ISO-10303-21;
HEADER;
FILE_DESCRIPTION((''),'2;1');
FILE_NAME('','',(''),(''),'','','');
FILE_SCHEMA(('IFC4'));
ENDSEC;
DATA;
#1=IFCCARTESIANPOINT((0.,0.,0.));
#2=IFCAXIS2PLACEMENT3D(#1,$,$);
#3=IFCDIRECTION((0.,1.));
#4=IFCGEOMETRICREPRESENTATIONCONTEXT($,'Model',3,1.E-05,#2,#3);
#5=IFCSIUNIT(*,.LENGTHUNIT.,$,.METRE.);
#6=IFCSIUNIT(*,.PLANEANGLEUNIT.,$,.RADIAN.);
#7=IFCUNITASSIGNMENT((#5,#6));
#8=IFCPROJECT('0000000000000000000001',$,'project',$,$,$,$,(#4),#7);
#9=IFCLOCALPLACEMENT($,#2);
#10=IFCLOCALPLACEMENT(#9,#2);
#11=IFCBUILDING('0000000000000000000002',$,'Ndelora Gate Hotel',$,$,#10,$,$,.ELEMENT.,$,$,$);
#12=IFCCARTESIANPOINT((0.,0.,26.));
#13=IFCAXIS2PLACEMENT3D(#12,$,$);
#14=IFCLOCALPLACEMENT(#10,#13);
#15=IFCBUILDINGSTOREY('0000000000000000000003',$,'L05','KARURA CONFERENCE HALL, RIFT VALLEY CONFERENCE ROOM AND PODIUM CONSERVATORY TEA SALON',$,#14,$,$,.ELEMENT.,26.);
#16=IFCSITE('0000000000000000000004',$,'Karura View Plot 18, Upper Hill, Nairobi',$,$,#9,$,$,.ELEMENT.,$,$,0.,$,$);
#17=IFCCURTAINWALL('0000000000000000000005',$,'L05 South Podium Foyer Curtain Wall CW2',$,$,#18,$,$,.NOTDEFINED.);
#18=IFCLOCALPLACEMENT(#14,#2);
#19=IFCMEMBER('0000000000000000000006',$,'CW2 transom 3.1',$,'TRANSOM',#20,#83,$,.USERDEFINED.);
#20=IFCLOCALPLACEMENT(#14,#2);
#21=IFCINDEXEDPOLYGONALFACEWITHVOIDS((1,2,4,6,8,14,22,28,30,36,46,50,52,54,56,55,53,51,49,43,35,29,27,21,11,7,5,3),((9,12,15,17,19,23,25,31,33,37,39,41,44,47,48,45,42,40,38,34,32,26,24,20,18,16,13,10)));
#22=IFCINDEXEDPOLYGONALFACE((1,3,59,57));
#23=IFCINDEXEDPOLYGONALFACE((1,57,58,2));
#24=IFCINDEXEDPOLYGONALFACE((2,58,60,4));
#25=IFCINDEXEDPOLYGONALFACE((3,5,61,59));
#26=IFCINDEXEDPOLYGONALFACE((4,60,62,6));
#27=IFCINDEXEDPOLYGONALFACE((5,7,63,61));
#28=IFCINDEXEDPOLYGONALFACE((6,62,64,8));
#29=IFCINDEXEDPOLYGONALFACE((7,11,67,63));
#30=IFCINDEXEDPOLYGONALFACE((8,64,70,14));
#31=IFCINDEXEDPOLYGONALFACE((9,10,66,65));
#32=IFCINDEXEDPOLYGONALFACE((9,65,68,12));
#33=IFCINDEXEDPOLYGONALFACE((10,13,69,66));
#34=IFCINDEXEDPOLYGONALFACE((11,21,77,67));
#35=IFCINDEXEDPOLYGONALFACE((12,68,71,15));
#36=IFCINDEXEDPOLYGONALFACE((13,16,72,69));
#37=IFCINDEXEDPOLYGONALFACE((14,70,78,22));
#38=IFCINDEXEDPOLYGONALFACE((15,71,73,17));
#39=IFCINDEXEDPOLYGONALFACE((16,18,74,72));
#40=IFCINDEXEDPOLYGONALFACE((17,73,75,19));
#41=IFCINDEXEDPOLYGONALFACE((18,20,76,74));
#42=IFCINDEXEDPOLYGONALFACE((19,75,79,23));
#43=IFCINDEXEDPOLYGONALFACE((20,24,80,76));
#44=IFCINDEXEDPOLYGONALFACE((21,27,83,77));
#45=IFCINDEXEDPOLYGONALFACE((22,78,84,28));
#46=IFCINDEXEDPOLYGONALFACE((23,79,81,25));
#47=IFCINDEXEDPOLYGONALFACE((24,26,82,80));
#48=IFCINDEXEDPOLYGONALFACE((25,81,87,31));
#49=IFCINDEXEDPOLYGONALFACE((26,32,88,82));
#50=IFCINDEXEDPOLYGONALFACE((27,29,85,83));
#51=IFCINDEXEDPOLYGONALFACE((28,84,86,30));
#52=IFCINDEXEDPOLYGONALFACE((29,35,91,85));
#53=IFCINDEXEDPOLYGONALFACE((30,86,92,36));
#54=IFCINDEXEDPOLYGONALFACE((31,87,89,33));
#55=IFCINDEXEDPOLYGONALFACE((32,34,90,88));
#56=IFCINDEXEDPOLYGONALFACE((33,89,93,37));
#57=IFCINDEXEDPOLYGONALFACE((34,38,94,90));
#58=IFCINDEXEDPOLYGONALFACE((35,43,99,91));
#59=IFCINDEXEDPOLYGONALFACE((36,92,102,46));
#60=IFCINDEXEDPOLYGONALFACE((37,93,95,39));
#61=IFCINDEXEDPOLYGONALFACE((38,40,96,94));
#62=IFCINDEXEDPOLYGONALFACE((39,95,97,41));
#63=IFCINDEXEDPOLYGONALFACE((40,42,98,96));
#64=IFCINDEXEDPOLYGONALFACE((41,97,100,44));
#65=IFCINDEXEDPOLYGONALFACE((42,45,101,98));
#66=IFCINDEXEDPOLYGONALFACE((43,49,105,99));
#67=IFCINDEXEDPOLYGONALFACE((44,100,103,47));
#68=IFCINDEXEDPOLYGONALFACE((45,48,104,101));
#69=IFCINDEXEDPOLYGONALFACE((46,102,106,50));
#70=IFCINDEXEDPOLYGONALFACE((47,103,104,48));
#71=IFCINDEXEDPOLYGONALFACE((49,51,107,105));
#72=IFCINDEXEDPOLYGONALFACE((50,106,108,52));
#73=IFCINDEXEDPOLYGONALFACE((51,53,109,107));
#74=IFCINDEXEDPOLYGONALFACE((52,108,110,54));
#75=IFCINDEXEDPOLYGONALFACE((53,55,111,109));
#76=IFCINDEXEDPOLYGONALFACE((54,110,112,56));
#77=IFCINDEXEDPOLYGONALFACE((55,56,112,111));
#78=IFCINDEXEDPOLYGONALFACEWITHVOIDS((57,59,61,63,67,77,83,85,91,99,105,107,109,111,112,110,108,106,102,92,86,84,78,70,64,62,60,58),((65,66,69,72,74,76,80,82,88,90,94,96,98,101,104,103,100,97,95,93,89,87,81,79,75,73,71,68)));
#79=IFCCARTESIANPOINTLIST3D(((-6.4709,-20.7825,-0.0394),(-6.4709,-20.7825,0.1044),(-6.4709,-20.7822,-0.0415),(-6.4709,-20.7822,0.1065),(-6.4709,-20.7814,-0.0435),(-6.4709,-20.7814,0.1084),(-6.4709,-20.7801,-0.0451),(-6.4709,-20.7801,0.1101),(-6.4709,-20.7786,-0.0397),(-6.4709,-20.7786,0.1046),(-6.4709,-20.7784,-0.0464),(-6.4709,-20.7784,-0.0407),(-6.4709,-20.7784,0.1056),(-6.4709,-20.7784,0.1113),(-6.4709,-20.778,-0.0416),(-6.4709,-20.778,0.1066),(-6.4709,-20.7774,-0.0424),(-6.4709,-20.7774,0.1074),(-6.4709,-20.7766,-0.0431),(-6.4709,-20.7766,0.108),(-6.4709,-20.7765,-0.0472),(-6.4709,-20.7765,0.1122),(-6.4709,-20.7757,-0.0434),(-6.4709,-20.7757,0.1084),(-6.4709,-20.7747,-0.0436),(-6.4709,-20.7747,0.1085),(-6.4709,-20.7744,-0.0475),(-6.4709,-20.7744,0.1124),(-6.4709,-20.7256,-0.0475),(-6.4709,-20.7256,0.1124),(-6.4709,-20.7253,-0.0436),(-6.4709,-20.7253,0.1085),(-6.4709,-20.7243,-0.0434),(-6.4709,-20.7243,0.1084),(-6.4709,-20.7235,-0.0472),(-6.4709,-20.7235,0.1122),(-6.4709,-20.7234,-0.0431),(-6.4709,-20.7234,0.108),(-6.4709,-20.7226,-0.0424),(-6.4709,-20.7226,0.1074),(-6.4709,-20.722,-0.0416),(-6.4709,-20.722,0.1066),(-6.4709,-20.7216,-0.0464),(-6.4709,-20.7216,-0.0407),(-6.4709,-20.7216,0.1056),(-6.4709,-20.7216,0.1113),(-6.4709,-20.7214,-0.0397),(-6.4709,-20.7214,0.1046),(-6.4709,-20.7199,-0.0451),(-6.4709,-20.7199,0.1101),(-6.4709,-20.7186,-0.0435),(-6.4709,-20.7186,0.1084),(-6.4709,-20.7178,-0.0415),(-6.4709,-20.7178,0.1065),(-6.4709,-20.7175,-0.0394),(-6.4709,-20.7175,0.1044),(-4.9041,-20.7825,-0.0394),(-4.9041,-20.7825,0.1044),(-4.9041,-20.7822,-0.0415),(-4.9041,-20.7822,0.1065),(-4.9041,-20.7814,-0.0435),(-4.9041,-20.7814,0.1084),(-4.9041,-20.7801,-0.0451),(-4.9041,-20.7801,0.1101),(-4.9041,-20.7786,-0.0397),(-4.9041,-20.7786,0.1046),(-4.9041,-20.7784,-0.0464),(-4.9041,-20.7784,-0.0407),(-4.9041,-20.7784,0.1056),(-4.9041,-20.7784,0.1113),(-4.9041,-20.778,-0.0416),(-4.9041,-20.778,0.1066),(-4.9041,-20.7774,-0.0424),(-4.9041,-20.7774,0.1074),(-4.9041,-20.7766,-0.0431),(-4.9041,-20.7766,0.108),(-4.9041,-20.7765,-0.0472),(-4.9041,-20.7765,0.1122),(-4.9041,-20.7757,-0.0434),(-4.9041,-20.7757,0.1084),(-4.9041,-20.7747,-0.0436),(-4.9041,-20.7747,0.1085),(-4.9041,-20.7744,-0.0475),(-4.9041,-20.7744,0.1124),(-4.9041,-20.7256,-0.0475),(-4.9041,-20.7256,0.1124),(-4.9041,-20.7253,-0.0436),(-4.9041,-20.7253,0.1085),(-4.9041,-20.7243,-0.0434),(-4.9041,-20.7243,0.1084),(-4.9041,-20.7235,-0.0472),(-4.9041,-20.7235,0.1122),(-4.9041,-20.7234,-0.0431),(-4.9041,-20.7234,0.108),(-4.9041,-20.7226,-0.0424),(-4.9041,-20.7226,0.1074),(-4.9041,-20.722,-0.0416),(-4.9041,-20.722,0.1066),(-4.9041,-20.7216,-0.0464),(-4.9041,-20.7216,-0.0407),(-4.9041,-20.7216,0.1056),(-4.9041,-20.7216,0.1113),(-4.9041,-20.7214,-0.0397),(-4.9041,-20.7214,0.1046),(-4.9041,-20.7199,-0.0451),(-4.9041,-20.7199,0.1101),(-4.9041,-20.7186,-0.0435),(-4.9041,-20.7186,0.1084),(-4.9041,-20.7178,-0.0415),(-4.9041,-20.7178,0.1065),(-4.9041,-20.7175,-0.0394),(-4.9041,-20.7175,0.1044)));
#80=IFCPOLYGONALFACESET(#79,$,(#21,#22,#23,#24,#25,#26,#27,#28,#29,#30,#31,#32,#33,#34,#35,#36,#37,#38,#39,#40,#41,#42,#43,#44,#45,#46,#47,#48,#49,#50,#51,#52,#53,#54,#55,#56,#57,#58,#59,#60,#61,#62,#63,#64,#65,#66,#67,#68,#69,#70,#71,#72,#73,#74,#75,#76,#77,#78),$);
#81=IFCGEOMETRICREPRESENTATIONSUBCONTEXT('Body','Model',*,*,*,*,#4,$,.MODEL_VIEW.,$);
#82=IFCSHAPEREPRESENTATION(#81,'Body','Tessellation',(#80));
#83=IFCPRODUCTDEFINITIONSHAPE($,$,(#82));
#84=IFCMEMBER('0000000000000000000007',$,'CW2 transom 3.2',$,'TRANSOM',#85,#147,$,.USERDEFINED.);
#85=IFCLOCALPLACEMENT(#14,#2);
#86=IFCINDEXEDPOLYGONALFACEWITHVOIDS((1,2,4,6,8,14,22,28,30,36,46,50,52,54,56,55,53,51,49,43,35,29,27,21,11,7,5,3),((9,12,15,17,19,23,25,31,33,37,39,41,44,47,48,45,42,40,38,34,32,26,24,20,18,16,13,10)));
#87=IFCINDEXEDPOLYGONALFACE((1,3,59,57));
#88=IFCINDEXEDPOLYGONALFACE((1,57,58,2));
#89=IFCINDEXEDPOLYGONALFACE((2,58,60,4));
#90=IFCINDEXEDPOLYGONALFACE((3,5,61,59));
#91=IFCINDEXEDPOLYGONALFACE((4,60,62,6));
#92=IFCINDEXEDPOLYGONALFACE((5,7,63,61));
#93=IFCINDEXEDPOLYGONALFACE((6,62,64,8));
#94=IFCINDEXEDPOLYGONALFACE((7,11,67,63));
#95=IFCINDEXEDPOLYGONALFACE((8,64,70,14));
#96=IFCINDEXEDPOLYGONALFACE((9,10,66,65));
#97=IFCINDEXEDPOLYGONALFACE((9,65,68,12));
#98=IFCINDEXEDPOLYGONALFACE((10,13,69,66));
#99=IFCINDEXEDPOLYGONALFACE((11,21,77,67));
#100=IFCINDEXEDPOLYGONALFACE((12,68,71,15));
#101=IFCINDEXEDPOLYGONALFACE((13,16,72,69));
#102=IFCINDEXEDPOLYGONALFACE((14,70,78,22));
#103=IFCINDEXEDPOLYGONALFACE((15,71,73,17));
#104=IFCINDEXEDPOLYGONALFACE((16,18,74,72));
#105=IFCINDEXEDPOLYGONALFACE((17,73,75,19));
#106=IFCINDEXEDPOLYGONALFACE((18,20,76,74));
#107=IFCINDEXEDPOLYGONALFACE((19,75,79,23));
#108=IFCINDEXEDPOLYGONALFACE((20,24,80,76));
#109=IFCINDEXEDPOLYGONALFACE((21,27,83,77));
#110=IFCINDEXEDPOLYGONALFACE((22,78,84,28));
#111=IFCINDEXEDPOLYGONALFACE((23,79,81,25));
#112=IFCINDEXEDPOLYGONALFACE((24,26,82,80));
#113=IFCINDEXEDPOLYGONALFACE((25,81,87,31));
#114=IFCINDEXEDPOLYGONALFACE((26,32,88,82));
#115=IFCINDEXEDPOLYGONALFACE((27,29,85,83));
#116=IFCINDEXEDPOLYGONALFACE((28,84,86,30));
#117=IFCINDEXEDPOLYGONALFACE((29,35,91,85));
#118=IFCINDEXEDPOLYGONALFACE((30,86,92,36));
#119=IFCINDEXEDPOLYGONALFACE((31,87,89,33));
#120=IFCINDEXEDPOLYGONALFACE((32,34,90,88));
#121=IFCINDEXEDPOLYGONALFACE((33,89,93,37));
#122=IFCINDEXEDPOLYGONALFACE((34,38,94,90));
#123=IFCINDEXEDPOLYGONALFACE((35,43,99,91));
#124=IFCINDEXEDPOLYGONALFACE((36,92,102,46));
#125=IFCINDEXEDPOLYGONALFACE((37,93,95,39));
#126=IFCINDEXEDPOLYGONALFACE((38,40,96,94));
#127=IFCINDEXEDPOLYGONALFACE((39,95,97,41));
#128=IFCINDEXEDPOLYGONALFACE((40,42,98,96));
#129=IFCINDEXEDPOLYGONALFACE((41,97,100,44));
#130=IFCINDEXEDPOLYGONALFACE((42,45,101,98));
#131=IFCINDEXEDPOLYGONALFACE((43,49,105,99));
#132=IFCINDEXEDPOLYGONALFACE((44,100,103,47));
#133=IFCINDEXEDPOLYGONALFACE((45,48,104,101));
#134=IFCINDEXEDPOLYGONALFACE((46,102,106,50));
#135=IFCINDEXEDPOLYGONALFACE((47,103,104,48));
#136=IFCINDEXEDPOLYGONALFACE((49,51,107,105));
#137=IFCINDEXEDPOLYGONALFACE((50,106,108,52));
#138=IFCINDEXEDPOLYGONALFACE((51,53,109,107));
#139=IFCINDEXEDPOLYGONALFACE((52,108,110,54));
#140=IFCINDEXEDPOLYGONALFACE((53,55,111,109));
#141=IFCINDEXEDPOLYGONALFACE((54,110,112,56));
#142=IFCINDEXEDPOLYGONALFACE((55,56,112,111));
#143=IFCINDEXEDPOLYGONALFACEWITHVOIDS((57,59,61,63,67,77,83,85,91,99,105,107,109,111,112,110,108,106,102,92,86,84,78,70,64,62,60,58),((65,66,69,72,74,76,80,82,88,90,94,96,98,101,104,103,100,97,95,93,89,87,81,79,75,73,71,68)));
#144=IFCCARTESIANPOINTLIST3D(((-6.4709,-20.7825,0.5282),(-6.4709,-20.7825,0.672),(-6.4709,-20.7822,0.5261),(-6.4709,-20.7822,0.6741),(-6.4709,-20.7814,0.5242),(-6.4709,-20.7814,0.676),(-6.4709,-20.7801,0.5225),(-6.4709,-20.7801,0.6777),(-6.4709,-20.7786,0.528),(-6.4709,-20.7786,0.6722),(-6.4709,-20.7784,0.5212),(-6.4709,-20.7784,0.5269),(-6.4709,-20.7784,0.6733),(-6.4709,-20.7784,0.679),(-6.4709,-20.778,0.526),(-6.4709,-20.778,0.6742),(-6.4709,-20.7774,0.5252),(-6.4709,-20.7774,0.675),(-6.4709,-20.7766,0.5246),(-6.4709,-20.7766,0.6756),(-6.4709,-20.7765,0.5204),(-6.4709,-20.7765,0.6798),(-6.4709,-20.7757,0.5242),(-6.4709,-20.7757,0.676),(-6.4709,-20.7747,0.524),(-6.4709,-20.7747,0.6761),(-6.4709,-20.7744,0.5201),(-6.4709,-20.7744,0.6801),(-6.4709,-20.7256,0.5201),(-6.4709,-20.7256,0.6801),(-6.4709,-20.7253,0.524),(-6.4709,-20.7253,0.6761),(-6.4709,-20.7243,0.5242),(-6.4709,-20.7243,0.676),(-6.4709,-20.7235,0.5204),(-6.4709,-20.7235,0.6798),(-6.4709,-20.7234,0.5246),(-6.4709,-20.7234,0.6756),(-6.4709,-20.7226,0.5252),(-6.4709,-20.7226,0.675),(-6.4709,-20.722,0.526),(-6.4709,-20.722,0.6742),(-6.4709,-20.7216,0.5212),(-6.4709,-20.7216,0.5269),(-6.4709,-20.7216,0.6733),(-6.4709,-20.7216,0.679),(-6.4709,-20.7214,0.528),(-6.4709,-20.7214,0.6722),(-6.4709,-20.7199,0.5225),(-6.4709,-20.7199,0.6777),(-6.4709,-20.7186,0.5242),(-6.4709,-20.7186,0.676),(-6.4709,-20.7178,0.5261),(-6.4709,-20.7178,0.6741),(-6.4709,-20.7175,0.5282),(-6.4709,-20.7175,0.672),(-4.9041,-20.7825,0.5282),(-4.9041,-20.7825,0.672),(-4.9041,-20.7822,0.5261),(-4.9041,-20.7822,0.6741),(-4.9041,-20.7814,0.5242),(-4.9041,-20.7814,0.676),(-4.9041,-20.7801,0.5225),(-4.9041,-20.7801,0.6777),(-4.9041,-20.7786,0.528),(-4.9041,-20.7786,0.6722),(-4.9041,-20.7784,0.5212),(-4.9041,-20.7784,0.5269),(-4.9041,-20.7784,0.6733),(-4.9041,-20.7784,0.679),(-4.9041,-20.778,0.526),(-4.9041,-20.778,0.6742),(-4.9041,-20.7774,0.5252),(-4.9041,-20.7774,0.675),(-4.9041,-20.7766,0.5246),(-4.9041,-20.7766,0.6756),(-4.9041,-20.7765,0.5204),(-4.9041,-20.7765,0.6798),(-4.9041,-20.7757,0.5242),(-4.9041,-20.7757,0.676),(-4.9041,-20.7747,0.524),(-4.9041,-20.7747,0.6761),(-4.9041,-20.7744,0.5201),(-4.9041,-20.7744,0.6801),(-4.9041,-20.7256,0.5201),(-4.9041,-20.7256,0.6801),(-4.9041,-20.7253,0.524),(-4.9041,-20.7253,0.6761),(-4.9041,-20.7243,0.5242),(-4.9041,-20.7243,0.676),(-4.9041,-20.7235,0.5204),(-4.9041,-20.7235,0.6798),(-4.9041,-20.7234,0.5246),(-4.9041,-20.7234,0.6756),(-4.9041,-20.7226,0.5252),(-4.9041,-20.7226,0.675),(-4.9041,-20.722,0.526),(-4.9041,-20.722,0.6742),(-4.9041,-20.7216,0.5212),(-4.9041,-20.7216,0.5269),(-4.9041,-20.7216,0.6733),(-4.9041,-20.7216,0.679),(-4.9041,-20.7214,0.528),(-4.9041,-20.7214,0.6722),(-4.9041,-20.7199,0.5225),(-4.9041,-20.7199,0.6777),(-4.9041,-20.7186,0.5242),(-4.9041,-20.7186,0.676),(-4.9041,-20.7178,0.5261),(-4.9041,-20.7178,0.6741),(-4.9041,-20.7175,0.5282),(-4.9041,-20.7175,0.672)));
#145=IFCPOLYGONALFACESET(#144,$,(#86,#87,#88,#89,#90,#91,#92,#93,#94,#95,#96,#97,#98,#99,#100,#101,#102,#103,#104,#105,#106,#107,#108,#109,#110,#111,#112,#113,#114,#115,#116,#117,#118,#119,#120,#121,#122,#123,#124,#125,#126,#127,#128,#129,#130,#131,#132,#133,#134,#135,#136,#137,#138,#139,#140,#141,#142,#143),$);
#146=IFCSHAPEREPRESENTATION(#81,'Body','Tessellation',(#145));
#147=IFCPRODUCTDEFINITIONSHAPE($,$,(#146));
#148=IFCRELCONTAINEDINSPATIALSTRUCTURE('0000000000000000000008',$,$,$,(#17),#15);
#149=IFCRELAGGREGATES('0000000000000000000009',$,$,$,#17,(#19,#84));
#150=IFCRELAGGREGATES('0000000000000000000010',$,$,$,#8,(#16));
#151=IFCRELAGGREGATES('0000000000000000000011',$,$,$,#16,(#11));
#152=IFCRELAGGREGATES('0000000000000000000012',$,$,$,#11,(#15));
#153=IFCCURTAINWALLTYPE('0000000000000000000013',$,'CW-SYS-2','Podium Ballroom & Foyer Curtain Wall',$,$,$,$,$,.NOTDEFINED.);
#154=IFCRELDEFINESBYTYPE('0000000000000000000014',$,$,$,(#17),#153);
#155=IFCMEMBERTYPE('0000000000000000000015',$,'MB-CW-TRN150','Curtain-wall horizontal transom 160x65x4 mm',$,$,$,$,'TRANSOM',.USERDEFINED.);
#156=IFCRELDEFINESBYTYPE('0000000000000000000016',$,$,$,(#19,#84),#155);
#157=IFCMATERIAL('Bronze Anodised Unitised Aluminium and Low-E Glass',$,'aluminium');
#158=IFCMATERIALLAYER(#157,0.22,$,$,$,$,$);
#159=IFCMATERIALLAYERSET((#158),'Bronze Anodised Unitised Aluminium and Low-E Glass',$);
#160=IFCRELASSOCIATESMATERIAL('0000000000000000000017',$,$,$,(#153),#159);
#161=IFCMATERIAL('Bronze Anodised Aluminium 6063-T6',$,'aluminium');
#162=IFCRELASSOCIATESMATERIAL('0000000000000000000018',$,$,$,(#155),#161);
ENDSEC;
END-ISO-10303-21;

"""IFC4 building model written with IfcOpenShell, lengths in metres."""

from ifc_helpers import new_model, si_unit, direction, frame, origin, origin_2d, place, context, subcontext, project, spatial, hollow_rectangle, extrude, material, layer, layer_set, material_profile, profile_set, type_object, element, aggregate, save


model = new_model("IFC4")

# Units and contexts
model_context = context("Model", 3, precision=1e-05, world=origin(), true_north=direction((0.0, 1.0)))
body_context = subcontext(model_context, "Body", "Model", "MODEL_VIEW")
ifc_project = project(units=[si_unit("LENGTHUNIT", "METRE"), si_unit("PLANEANGLEUNIT", "RADIAN")], contexts=[model_context])

# Site, building, storey
site_placement = place(None, origin())
site = spatial("IfcSite", under=ifc_project, at=site_placement, Name="Karura View Plot 18, Upper Hill, Nairobi", CompositionType="ELEMENT", RefElevation=0.0)
building_placement = place(site_placement, origin())
building = spatial("IfcBuilding", under=site, at=building_placement, Name="Ndelora Gate Hotel", CompositionType="ELEMENT")
storey_placement = place(building_placement, frame((0.0, 0.0, 26.0)))
storey = spatial("IfcBuildingStorey", under=building, at=storey_placement, Name="L05", Description="KARURA CONFERENCE HALL, RIFT VALLEY CONFERENCE ROOM AND PODIUM CONSERVATORY TEA SALON", CompositionType="ELEMENT", Elevation=26.0)

# Curtain wall, members
ifc_material_1 = material(Name="Bronze Anodised Unitised Aluminium and Low-E Glass", Category="aluminium")
ifc_layer_1 = layer(ifc_material_1, 0.22)
ifc_layer_set_1 = layer_set([ifc_layer_1], Name="Bronze Anodised Unitised Aluminium and Low-E Glass")
curtain_wall_type = type_object("IfcCurtainWallType", Name="CW-SYS-2", Description="Podium Ballroom & Foyer Curtain Wall", PredefinedType="NOTDEFINED", material=ifc_layer_set_1)
curtain_wall_placement = place(storey_placement, origin())
curtain_wall = element("IfcCurtainWall", 1, at=curtain_wall_placement, inside=storey, type_object=curtain_wall_type, Name="L05 South Podium Foyer Curtain Wall CW2", PredefinedType="NOTDEFINED")
ifc_material_2 = material(Name="Bronze Anodised Aluminium 6063-T6", Category="aluminium")
ifc_material_profile_1 = material_profile(ifc_material_2, hollow_rectangle(XDim=0.0649, YDim=0.1599, WallThickness=0.0039, InnerFilletRadius=0.0039, OuterFilletRadius=0.0081, at=origin_2d()), Name="ALU 160x65x4")
ifc_profile_set_1 = profile_set([ifc_material_profile_1], Name="Bronze Anodised Aluminium 6063-T6")
member_type_1 = type_object("IfcMemberType", Name="MB-CW-TRN150", Description="Curtain-wall horizontal transom 160x65x4 mm", ElementType="TRANSOM", PredefinedType="USERDEFINED", material=ifc_profile_set_1)
member_1_placement = place(storey_placement, frame((-6.4709, -20.75, 0.0325), z_axis=(1.0, 0.0, 0.0), x_axis=(0.0, 1.0, 0.0)))
member_1 = element("IfcMember", 2, at=member_1_placement, type_object=member_type_1, Name="CW2 transom 3.1", ObjectType="TRANSOM", PredefinedType="USERDEFINED", context=body_context, shape_type="SweptSolid", body=[
    extrude(hollow_rectangle(XDim=0.0649, YDim=0.1599, WallThickness=0.0039, InnerFilletRadius=0.0039, OuterFilletRadius=0.0081, at=origin_2d()), origin(), (0.0, 0.0, 1.0), 1.5669),
])
member_2_placement = place(storey_placement, frame((-6.4709, -20.75, 0.6001), z_axis=(1.0, 0.0, 0.0), x_axis=(0.0, 1.0, 0.0)))
member_2 = element("IfcMember", 3, at=member_2_placement, type_object=member_type_1, Name="CW2 transom 3.2", ObjectType="TRANSOM", PredefinedType="USERDEFINED", context=body_context, shape_type="SweptSolid", body=[
    extrude(hollow_rectangle(XDim=0.0649, YDim=0.1599, WallThickness=0.0039, InnerFilletRadius=0.0039, OuterFilletRadius=0.0081, at=origin_2d()), origin(), (0.0, 0.0, 1.0), 1.5669),
])
aggregate(curtain_wall, [member_1, member_2])

save(model, "model.ifc")
